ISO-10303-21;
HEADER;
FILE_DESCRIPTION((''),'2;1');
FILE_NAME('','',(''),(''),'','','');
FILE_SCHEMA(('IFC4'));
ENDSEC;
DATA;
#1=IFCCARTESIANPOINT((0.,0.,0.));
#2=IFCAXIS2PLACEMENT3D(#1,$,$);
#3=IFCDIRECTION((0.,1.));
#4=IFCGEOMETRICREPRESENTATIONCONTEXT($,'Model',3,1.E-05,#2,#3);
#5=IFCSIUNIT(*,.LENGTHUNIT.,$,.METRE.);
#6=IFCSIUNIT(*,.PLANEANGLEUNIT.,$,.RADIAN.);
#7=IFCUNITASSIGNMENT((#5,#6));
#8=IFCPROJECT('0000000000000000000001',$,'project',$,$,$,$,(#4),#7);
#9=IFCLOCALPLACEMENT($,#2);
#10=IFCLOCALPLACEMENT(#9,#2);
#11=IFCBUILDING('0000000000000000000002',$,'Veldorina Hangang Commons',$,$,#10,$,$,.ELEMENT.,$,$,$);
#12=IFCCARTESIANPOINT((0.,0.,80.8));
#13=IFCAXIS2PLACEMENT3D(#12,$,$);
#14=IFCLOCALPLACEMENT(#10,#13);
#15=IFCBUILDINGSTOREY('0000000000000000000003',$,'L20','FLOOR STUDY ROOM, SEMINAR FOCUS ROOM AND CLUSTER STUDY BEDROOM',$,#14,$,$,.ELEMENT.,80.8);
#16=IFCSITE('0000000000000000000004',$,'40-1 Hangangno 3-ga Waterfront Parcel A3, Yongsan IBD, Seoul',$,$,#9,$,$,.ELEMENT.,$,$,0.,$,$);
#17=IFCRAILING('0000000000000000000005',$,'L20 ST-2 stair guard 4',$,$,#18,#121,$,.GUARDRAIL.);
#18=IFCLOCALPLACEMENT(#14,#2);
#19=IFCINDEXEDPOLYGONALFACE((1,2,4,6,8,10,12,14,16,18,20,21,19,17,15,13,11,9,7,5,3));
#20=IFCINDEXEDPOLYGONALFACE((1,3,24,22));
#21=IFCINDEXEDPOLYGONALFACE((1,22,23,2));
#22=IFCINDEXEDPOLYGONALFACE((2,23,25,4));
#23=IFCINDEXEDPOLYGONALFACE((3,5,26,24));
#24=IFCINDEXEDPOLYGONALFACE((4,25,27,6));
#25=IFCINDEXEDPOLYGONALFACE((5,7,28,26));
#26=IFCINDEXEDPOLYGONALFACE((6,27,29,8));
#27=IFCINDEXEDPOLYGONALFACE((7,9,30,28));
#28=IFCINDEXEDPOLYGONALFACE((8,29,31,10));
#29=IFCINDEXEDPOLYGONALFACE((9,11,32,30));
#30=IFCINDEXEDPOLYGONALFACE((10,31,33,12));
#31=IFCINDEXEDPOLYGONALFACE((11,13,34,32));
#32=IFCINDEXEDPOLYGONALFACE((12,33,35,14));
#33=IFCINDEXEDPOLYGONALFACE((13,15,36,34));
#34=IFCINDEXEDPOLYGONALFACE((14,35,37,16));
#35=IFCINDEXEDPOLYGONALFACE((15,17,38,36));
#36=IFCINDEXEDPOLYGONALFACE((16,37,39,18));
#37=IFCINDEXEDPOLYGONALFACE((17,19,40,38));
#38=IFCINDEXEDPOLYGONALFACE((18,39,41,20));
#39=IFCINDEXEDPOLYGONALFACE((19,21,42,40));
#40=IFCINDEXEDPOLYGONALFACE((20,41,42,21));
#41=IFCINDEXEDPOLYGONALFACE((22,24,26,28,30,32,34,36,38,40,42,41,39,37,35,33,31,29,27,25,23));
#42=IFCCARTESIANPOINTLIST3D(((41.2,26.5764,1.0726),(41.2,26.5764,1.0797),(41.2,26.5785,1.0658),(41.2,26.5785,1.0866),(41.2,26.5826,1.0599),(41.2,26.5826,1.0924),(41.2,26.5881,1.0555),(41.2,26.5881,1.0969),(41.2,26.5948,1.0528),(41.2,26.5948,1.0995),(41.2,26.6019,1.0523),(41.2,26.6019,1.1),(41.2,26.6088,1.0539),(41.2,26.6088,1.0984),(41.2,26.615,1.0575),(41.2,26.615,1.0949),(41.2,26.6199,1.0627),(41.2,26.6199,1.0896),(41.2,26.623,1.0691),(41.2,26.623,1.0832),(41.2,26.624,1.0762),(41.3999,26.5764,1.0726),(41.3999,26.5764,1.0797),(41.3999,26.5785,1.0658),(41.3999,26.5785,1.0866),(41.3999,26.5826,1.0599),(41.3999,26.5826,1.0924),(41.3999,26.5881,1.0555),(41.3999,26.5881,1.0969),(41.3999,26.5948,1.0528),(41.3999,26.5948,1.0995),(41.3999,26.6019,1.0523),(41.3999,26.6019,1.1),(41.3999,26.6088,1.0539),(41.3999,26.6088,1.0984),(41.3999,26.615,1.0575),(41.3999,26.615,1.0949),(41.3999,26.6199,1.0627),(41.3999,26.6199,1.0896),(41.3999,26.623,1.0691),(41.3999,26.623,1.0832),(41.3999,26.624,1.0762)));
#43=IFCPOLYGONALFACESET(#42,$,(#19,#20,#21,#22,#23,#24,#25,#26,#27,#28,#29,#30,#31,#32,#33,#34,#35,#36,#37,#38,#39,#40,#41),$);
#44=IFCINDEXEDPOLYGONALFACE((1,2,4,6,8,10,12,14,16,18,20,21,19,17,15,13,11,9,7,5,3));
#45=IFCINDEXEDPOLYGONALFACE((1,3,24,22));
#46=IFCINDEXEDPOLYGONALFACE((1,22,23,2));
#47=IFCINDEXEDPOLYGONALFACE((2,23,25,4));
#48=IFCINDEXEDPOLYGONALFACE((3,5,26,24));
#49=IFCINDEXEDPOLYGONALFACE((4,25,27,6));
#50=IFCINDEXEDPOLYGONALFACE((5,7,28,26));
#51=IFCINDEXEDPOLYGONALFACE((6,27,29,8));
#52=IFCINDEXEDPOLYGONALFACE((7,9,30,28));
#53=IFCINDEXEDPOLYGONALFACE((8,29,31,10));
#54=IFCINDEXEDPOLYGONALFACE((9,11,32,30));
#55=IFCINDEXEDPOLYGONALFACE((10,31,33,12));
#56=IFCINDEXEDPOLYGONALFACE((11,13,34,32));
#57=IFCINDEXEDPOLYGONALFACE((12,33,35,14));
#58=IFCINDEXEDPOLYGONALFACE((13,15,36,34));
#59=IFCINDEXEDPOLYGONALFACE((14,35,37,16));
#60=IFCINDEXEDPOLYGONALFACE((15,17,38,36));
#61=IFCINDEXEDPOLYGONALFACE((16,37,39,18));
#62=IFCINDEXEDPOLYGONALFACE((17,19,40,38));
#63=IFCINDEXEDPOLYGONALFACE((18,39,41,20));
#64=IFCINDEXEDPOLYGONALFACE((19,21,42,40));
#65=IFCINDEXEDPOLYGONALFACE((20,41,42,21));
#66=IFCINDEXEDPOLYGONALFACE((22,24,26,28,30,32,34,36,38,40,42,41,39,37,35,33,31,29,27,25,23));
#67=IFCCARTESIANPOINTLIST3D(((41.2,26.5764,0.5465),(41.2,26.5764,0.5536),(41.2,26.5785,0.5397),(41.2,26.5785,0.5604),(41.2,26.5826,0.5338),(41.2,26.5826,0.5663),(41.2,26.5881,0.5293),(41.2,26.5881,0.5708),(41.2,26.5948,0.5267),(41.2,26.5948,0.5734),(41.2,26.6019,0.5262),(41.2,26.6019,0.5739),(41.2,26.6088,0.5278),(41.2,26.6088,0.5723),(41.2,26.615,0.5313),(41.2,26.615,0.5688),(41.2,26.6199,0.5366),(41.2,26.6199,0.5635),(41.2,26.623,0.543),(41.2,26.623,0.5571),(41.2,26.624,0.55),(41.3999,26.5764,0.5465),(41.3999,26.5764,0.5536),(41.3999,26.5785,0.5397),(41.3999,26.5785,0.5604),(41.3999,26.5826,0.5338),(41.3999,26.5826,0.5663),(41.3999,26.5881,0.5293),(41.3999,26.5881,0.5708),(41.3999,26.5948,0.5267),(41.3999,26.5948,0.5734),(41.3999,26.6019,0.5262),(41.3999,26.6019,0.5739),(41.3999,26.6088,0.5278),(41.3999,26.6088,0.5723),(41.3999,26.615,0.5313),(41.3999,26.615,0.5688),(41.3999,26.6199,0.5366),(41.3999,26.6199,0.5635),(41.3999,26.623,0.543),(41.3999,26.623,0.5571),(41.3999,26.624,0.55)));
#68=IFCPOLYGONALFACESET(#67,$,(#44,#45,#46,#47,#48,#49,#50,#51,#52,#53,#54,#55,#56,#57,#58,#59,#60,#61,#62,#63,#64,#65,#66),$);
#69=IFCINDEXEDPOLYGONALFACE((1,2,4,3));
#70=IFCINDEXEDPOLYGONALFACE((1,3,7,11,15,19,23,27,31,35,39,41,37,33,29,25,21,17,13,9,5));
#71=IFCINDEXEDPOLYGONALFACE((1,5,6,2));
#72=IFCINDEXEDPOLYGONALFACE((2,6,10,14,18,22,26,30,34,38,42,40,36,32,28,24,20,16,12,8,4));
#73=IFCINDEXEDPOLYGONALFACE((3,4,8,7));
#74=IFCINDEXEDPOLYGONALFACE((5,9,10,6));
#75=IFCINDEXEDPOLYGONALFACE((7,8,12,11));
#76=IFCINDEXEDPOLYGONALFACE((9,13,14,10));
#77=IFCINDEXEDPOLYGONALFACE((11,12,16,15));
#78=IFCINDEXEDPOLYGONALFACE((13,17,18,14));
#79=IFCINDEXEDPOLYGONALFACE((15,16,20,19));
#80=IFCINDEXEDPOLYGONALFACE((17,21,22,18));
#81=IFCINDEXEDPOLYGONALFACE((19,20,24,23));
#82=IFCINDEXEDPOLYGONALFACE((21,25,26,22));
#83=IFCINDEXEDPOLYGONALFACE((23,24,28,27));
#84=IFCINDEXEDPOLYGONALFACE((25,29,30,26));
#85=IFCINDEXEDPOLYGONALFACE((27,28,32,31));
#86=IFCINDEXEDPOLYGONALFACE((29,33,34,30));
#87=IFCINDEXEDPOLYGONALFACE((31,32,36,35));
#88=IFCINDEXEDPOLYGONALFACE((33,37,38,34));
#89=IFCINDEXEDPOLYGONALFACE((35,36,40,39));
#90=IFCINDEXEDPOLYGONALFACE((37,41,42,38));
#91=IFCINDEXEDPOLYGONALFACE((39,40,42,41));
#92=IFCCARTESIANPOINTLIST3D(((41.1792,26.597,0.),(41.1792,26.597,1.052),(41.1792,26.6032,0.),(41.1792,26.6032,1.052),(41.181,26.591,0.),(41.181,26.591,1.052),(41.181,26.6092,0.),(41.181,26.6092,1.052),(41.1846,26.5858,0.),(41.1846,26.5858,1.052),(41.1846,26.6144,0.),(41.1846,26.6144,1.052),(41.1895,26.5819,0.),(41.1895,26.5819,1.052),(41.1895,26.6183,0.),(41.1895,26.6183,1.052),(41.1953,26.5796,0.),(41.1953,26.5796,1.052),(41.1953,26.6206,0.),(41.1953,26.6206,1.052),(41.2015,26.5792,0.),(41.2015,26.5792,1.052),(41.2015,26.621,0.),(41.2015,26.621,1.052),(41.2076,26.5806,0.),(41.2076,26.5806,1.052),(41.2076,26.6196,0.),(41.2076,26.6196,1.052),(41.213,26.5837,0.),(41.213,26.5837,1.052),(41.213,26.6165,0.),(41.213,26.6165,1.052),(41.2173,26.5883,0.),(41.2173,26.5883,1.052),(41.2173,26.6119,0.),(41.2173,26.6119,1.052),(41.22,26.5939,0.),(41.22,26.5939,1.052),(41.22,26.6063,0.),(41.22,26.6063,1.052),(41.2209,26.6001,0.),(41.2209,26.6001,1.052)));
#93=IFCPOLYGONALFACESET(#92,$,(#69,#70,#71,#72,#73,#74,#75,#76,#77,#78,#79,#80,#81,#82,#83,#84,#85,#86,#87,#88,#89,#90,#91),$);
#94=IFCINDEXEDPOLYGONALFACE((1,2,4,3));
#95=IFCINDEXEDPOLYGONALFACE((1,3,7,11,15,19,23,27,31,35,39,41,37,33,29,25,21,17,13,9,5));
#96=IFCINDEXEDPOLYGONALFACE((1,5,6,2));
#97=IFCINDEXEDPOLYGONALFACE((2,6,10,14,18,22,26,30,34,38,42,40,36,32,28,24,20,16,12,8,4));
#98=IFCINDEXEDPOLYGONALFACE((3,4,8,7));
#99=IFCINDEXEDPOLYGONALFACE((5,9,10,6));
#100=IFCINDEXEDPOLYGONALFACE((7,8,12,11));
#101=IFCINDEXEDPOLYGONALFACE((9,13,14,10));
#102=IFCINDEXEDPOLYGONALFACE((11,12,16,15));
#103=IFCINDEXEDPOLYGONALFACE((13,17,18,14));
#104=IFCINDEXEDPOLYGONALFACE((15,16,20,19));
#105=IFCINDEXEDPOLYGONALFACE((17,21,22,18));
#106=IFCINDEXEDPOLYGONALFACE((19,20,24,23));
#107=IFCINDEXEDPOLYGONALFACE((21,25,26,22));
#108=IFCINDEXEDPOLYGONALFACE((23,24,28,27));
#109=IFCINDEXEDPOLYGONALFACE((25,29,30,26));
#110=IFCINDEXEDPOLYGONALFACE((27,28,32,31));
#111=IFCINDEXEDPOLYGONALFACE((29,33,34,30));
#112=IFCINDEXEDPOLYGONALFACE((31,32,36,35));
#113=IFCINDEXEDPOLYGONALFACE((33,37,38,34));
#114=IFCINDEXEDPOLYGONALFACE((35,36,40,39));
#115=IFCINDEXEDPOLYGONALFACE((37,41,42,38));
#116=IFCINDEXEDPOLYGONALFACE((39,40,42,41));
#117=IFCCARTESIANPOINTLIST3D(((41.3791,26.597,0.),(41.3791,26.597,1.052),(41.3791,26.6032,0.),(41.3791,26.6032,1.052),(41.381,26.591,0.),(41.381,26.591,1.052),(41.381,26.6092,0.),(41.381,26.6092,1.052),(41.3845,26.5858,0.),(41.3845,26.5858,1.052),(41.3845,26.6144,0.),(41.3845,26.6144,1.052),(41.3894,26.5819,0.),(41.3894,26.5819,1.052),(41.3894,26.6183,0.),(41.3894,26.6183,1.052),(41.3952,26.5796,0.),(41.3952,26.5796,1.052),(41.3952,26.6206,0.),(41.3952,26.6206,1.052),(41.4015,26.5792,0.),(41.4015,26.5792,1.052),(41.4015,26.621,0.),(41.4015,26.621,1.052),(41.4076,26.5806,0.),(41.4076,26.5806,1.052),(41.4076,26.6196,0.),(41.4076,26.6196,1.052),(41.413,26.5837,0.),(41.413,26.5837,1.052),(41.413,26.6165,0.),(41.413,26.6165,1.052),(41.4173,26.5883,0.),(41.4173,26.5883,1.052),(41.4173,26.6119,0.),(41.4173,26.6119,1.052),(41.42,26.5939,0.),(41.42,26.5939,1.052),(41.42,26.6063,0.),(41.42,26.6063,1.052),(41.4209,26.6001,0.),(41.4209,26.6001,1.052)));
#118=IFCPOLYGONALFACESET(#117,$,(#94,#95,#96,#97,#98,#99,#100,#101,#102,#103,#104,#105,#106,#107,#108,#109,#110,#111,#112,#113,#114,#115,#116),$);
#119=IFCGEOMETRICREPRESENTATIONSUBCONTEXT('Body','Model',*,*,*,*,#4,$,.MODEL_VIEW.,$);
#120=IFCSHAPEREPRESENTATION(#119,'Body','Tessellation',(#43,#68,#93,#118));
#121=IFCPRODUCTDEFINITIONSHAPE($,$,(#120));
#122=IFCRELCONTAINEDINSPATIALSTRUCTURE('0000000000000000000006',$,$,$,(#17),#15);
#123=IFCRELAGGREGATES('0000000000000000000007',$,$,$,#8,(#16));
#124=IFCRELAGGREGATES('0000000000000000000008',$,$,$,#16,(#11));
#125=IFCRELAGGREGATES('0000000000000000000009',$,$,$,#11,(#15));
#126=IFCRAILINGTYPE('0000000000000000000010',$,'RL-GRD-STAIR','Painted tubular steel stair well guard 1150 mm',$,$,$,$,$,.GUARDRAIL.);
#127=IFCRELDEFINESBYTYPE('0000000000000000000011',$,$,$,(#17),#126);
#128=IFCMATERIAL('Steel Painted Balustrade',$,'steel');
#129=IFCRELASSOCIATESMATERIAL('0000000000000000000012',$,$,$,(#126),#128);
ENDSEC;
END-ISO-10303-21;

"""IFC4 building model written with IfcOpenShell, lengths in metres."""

from ifc_helpers import new_model, si_unit, direction, frame, origin, origin_2d, place, context, subcontext, project, spatial, circle, extrude, material, type_object, element, save


model = new_model("IFC4")

# Units and contexts
model_context = context("Model", 3, precision=1e-05, world=origin(), true_north=direction((0.0, 1.0)))
body_context = subcontext(model_context, "Body", "Model", "MODEL_VIEW")
ifc_project = project(units=[si_unit("LENGTHUNIT", "METRE"), si_unit("PLANEANGLEUNIT", "RADIAN")], contexts=[model_context])

# Site, building, storey
site_placement = place(None, origin())
site = spatial("IfcSite", under=ifc_project, at=site_placement, Name="40-1 Hangangno 3-ga Waterfront Parcel A3, Yongsan IBD, Seoul", CompositionType="ELEMENT", RefElevation=0.0)
building_placement = place(site_placement, origin())
building = spatial("IfcBuilding", under=site, at=building_placement, Name="Veldorina Hangang Commons", CompositionType="ELEMENT")
storey_placement = place(building_placement, frame((0.0, 0.0, 80.8)))
storey = spatial("IfcBuildingStorey", under=building, at=storey_placement, Name="L20", Description="FLOOR STUDY ROOM, SEMINAR FOCUS ROOM AND CLUSTER STUDY BEDROOM", CompositionType="ELEMENT", Elevation=80.8)

# Railing
ifc_material_1 = material(Name="Steel Painted Balustrade", Category="steel")
railing_type_1 = type_object("IfcRailingType", Name="RL-GRD-STAIR", Description="Painted tubular steel stair well guard 1150 mm", PredefinedType="GUARDRAIL", material=ifc_material_1)
railing_1_placement = place(storey_placement, frame((41.2, 26.6001, 0.0)))
element("IfcRailing", 1, at=railing_1_placement, inside=storey, type_object=railing_type_1, Name="L20 ST-2 stair guard 4", PredefinedType="GUARDRAIL", context=body_context, shape_type="SweptSolid", body=[
    extrude(circle(Radius=0.0239, at=origin_2d()), frame((0.0, 0.0, 1.0762), z_axis=(1.0, 0.0, 0.0), x_axis=(0.0, 1.0, 0.0)), (0.0, 0.0, 1.0), 0.2),
    extrude(circle(Radius=0.0239, at=origin_2d()), frame((0.0, 0.0, 0.55), z_axis=(1.0, 0.0, 0.0), x_axis=(0.0, 1.0, 0.0)), (0.0, 0.0, 1.0), 0.2),
    extrude(circle(Radius=0.021, at=origin_2d()), origin(), (0.0, 0.0, 1.0), 1.052),
    extrude(circle(Radius=0.021, at=origin_2d()), frame((0.2, 0.0, 0.0)), (0.0, 0.0, 1.0), 1.052),
])

save(model, "model.ifc")
